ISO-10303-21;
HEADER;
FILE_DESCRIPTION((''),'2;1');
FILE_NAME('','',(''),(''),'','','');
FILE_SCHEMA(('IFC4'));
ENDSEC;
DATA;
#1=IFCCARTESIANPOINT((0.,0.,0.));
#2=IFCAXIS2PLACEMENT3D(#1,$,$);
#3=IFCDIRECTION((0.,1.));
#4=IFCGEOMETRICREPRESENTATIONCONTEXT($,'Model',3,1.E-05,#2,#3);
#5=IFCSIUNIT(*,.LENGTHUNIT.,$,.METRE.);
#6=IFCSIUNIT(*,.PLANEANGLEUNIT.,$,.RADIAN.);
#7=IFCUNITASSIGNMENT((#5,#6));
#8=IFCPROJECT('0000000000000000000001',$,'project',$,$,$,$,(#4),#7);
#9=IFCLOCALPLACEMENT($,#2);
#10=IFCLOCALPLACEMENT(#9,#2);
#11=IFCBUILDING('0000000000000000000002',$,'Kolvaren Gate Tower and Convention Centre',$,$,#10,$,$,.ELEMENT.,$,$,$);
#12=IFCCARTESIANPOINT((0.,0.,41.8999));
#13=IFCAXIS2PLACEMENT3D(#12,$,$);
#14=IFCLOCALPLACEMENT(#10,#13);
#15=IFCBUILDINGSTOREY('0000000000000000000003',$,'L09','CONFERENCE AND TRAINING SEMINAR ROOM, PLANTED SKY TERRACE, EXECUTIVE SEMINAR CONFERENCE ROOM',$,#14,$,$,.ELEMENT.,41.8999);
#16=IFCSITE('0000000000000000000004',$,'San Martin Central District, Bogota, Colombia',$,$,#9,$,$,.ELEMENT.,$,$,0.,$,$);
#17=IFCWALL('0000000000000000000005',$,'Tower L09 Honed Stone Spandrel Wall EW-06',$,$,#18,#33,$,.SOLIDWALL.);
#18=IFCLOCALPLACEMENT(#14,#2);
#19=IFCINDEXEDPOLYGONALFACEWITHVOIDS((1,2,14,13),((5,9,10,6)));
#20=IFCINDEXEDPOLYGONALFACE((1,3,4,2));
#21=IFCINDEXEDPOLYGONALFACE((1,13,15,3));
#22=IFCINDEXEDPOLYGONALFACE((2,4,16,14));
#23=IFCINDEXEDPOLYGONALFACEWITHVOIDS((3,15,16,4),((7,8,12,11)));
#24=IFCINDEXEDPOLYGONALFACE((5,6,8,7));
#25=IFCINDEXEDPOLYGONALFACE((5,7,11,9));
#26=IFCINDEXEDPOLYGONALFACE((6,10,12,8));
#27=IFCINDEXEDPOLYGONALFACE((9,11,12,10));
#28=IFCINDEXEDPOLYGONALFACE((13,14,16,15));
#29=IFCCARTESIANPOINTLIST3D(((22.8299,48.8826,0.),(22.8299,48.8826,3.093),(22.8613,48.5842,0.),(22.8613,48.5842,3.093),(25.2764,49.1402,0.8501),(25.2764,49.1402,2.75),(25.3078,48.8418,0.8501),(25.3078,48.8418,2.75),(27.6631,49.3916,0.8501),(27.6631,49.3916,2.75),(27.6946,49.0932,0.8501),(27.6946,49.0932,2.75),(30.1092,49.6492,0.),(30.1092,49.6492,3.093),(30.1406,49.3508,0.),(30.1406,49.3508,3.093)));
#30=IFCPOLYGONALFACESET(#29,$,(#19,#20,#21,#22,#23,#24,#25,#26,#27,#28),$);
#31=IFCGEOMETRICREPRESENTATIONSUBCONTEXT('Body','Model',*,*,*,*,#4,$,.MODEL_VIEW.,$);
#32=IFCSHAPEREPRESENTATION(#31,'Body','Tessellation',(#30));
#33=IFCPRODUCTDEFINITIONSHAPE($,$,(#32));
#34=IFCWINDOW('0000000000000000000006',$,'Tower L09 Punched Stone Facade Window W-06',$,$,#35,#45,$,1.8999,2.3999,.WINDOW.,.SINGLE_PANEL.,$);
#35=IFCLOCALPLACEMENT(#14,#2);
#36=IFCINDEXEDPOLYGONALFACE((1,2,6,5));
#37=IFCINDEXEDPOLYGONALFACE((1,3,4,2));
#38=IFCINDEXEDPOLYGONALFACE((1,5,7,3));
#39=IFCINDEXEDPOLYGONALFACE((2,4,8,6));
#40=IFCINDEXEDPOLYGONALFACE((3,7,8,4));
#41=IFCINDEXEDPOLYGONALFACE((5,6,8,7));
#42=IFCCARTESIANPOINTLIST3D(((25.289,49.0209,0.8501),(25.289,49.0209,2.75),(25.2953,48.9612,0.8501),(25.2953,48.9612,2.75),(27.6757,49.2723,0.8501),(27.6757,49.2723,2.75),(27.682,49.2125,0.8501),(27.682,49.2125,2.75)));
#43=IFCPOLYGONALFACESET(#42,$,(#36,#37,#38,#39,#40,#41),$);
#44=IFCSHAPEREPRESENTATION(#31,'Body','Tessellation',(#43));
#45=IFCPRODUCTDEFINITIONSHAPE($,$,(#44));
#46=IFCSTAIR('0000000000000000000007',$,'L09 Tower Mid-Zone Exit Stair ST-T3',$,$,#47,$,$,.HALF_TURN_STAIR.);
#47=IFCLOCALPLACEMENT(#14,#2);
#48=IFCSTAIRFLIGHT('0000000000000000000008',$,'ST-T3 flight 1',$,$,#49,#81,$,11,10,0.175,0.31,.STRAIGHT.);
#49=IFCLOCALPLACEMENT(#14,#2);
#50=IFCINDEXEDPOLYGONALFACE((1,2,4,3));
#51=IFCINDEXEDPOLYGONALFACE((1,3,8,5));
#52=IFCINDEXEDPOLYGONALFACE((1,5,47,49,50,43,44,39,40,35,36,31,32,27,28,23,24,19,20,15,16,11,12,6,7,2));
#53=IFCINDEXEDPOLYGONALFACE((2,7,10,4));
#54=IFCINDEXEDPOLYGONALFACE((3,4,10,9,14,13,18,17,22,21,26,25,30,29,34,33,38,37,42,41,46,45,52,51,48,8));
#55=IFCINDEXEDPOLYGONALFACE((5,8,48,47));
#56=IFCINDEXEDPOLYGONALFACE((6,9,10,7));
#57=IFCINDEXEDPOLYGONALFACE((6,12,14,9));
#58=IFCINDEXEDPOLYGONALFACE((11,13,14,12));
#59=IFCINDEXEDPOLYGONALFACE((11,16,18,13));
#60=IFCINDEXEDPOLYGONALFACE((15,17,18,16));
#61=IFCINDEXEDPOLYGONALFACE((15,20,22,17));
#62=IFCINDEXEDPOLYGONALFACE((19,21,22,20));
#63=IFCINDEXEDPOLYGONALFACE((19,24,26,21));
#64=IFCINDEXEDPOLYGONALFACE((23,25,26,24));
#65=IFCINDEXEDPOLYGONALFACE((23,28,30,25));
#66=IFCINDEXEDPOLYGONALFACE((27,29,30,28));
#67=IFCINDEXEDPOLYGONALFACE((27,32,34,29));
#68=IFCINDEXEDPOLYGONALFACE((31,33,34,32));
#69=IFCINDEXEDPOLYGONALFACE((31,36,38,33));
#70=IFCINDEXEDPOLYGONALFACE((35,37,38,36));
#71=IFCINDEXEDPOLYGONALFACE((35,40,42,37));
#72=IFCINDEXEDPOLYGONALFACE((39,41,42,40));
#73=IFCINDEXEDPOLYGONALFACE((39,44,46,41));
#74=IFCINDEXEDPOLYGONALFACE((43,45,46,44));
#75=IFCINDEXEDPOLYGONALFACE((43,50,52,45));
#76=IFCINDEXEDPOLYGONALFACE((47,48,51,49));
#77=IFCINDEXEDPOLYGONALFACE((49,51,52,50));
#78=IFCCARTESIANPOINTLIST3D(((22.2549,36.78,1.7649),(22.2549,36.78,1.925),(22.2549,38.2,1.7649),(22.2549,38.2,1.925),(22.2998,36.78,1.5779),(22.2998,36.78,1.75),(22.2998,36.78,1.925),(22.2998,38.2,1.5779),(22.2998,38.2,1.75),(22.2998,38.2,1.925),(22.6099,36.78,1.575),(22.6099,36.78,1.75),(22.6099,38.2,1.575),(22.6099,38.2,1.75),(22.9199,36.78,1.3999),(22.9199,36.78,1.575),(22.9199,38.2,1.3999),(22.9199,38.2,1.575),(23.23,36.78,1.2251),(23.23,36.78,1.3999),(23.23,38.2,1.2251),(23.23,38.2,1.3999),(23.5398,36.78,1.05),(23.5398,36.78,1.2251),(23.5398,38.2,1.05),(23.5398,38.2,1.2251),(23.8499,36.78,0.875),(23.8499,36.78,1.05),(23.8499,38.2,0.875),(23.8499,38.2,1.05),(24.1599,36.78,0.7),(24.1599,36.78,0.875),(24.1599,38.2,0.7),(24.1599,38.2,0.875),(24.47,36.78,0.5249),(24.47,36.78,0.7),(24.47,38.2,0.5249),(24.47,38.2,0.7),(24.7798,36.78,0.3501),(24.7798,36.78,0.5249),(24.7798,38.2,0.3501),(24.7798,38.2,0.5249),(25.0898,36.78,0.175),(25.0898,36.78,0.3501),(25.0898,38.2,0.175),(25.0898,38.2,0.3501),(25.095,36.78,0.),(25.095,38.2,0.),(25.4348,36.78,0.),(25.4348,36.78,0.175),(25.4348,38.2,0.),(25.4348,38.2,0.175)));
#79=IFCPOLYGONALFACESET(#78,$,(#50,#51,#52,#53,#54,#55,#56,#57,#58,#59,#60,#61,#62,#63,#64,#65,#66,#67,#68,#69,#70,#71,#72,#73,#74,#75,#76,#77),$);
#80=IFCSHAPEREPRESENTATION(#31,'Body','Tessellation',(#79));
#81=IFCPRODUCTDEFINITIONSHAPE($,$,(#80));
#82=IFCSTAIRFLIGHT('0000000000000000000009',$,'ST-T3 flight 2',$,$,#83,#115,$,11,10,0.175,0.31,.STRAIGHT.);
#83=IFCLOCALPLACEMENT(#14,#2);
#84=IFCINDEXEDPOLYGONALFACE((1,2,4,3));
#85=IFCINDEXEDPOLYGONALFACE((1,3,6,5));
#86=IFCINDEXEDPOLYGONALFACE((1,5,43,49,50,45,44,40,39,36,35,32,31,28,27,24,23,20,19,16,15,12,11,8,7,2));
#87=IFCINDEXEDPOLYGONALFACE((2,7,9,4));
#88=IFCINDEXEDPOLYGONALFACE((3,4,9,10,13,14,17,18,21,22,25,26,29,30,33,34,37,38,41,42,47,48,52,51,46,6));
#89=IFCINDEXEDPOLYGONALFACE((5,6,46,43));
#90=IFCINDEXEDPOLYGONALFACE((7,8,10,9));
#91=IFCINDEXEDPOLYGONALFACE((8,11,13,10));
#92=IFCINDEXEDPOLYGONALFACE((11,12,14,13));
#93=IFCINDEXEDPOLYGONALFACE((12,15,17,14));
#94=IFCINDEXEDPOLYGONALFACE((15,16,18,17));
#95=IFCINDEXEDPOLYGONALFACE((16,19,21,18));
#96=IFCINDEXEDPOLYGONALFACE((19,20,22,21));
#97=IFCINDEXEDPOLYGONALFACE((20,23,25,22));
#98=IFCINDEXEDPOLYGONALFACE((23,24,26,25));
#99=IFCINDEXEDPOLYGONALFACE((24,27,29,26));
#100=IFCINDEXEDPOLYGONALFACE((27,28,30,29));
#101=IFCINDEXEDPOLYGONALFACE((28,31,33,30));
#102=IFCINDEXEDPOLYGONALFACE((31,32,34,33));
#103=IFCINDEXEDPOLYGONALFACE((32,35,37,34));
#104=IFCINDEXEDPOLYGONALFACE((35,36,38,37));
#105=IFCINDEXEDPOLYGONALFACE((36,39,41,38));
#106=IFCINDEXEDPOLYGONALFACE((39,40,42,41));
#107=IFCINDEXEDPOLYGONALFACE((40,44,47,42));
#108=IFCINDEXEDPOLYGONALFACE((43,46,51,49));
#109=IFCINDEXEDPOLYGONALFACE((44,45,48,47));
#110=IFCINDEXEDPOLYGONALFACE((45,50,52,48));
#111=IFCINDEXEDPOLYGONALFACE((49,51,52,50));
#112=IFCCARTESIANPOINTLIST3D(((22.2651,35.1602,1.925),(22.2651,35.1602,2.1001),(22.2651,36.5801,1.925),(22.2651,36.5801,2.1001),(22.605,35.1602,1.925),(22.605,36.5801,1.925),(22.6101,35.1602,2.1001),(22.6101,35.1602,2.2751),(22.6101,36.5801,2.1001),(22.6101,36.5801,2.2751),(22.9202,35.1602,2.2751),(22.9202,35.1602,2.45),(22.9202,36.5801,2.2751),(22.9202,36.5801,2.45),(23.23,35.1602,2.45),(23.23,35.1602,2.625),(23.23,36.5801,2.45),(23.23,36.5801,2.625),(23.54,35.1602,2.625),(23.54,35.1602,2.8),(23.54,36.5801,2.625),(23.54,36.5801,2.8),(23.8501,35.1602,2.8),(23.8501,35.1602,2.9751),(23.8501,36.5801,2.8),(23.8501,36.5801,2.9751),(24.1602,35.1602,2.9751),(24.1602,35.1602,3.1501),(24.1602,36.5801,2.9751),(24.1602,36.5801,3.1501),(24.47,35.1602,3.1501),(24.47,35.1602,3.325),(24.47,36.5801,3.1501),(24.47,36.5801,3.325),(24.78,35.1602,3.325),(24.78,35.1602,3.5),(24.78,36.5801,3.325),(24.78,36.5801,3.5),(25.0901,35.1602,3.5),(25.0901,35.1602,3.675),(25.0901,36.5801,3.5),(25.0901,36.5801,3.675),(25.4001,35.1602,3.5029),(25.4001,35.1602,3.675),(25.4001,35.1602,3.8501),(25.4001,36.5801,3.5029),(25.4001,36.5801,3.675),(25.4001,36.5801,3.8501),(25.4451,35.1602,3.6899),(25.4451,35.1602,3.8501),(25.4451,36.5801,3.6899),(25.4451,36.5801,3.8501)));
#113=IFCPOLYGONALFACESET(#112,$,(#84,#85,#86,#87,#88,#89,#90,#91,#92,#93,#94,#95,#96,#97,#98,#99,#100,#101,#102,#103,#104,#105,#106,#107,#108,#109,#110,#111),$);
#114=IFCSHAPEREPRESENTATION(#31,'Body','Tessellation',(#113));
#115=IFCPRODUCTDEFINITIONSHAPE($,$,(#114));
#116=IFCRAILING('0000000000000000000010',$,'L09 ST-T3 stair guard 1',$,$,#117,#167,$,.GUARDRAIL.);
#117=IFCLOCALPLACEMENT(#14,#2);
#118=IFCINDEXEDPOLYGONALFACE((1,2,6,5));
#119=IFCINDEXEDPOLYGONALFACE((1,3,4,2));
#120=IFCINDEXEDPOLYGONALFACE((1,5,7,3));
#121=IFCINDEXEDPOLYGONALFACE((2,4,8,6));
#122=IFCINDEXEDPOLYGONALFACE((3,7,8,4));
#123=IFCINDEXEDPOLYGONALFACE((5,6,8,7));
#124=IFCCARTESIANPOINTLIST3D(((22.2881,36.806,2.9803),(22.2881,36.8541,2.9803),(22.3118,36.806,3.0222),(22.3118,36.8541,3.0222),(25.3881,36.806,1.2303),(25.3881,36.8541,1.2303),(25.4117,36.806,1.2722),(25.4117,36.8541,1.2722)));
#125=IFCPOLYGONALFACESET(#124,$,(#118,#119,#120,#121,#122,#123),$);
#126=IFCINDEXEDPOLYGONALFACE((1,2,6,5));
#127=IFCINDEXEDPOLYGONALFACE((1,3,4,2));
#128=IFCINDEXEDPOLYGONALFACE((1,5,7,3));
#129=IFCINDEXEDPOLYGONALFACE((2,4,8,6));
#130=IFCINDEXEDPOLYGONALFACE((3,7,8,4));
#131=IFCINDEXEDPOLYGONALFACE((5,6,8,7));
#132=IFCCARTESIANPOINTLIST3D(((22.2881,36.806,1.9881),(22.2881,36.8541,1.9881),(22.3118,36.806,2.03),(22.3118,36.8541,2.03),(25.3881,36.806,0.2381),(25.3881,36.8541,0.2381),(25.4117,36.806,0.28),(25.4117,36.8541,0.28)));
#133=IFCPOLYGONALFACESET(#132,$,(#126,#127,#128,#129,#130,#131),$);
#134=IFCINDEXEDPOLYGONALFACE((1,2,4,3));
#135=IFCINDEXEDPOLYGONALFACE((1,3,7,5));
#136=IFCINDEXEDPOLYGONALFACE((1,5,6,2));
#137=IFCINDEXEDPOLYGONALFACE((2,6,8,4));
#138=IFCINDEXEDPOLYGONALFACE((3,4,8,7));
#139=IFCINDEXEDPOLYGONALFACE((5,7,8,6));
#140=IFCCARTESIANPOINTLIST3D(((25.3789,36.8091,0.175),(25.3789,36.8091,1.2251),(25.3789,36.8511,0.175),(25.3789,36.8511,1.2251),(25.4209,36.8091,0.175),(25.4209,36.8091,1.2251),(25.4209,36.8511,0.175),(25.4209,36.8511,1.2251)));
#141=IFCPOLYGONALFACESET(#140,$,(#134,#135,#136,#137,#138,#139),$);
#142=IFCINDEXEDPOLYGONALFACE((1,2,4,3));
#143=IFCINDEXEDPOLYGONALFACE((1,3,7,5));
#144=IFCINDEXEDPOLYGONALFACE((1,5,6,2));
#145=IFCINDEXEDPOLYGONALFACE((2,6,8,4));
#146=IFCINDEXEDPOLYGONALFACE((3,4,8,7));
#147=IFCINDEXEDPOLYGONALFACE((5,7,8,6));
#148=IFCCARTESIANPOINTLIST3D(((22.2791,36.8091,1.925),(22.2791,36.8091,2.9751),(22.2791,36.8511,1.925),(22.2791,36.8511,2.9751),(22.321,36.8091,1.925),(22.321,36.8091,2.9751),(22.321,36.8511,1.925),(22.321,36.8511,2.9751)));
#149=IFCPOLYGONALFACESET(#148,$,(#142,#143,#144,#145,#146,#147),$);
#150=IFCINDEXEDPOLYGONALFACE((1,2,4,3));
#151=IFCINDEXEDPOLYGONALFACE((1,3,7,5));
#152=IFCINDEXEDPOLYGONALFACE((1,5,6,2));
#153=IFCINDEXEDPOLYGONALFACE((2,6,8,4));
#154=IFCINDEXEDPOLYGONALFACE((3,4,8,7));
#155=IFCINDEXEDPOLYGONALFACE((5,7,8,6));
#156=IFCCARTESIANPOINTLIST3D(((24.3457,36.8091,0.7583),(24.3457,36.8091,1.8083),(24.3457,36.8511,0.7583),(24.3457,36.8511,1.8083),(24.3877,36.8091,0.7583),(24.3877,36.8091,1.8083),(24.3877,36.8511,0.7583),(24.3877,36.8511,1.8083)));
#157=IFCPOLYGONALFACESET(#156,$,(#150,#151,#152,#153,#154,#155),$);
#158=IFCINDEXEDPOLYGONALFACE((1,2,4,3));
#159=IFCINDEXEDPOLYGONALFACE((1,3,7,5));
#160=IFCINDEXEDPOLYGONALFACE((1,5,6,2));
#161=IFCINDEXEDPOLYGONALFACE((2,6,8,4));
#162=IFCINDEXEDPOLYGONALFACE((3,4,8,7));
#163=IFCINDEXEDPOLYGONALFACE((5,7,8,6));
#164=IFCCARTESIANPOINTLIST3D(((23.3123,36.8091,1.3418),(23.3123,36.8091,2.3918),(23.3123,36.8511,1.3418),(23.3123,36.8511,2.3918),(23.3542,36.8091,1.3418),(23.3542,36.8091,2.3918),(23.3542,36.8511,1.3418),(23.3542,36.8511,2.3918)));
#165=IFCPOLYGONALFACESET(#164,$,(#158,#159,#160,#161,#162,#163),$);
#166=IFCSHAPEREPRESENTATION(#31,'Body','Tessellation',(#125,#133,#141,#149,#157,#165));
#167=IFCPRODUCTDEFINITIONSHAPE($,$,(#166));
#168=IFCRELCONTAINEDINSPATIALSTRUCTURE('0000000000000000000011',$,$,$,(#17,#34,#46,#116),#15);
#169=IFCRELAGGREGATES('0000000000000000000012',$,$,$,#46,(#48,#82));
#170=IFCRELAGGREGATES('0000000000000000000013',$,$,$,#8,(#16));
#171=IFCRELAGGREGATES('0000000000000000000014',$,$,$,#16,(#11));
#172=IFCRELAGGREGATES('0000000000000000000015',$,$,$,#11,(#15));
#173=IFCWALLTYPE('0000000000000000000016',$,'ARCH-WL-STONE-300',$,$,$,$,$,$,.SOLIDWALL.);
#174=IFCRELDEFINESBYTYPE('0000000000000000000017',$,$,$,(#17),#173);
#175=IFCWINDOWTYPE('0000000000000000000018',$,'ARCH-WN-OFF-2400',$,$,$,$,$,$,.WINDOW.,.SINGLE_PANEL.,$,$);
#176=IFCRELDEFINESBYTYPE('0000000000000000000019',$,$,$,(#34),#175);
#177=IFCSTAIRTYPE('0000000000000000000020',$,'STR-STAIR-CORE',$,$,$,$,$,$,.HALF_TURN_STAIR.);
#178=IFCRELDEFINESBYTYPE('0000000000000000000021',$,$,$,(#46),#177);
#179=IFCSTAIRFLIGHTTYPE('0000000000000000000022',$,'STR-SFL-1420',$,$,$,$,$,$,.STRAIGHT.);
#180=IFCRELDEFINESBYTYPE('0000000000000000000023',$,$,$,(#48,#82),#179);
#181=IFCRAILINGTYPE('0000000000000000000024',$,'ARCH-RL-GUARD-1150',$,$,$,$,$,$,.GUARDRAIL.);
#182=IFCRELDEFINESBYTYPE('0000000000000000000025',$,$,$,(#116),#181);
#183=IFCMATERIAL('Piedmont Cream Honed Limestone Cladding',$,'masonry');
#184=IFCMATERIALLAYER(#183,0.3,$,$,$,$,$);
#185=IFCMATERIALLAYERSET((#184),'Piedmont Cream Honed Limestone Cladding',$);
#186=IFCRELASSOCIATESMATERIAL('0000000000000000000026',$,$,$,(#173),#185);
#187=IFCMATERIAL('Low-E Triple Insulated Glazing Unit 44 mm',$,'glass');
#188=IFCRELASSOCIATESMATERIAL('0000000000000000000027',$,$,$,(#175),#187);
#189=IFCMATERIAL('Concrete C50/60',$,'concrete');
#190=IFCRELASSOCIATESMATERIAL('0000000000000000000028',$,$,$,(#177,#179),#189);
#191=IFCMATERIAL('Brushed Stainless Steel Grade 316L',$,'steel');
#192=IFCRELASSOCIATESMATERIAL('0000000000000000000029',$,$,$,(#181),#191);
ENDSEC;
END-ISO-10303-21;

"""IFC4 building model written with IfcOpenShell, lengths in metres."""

from ifc_helpers import new_model, si_unit, direction, frame, frame_2d, origin, origin_2d, place, context, subcontext, project, spatial, polyline, rectangle, outline, extrude, material, layer, layer_set, type_object, element, fill, aggregate, save


model = new_model("IFC4")

# Units and contexts
model_context = context("Model", 3, precision=1e-05, world=origin(), true_north=direction((0.0, 1.0)))
body_context = subcontext(model_context, "Body", "Model", "MODEL_VIEW")
ifc_project = project(units=[si_unit("LENGTHUNIT", "METRE"), si_unit("PLANEANGLEUNIT", "RADIAN")], contexts=[model_context])

# Site, building, storey
site_placement = place(None, origin())
site = spatial("IfcSite", under=ifc_project, at=site_placement, Name="San Martin Central District, Bogota, Colombia", CompositionType="ELEMENT", RefElevation=0.0)
building_placement = place(site_placement, origin())
building = spatial("IfcBuilding", under=site, at=building_placement, Name="Kolvaren Gate Tower and Convention Centre", CompositionType="ELEMENT")
storey_placement = place(building_placement, frame((0.0, 0.0, 41.8999)))
storey = spatial("IfcBuildingStorey", under=building, at=storey_placement, Name="L09", Description="CONFERENCE AND TRAINING SEMINAR ROOM, PLANTED SKY TERRACE, EXECUTIVE SEMINAR CONFERENCE ROOM", CompositionType="ELEMENT", Elevation=41.8999)

# Wall, opening, window
ifc_material_1 = material(Name="Piedmont Cream Honed Limestone Cladding", Category="masonry")
ifc_layer_1 = layer(ifc_material_1, 0.3)
ifc_layer_set_1 = layer_set([ifc_layer_1], Name="Piedmont Cream Honed Limestone Cladding")
wall_type_1 = type_object("IfcWallType", Name="ARCH-WL-STONE-300", PredefinedType="SOLIDWALL", material=ifc_layer_set_1)
wall_1_placement = place(storey_placement, frame((22.8457, 48.7334, 0.0), z_axis=(0.0, 0.0, 1.0), x_axis=(0.9945, 0.104733, 0.0)))
wall_1 = element("IfcWall", 1, at=wall_1_placement, inside=storey, type_object=wall_type_1, Name="Tower L09 Honed Stone Spandrel Wall EW-06", PredefinedType="SOLIDWALL", context=body_context, shape_type="SweptSolid", body=[
    extrude(rectangle(XDim=7.3196, YDim=0.3, at=frame_2d((3.6597, 0.0))), origin(), (0.0, 0.0, 1.0), 3.093),
])
opening_1_placement = place(wall_1_placement, frame((2.46, 0.0, 0.8501)))
opening_1 = element("IfcOpeningElement", 2, at=opening_1_placement, cuts=wall_1, PredefinedType="OPENING", context=body_context, shape_type="SweptSolid", body=[
    extrude(rectangle(XDim=2.3999, YDim=1.8999, at=frame_2d((1.2, 0.95))), frame((0.0, 0.1599, 0.0), z_axis=(0.0, -1.0, 0.0), x_axis=(1.0, 0.0, 0.0)), (0.0, 0.0, 1.0), 0.3201),
])
ifc_material_2 = material(Name="Low-E Triple Insulated Glazing Unit 44 mm", Category="glass")
window_type = type_object("IfcWindowType", Name="ARCH-WN-OFF-2400", PartitioningType="SINGLE_PANEL", PredefinedType="WINDOW", material=ifc_material_2)
window_placement = place(opening_1_placement, origin())
window = element("IfcWindow", 3, at=window_placement, inside=storey, type_object=window_type, Name="Tower L09 Punched Stone Facade Window W-06", OverallHeight=1.8999, OverallWidth=2.3999, PartitioningType="SINGLE_PANEL", PredefinedType="WINDOW", context=body_context, shape_type="SweptSolid", body=[
    extrude(rectangle(XDim=2.3999, YDim=1.8999, at=frame_2d((1.2, 0.95))), frame((0.0, 0.03, 0.0), z_axis=(0.0, -1.0, 0.0), x_axis=(1.0, 0.0, 0.0)), (0.0, 0.0, 1.0), 0.0601),
])
fill(opening_1, window)

# Stair, stair flights
ifc_material_3 = material(Name="Concrete C50/60", Category="concrete")
stair_type = type_object("IfcStairType", Name="STR-STAIR-CORE", PredefinedType="HALF_TURN_STAIR", material=ifc_material_3)
stair_placement = place(storey_placement, origin())
stair = element("IfcStair", 4, at=stair_placement, inside=storey, type_object=stair_type, Name="L09 Tower Mid-Zone Exit Stair ST-T3", PredefinedType="HALF_TURN_STAIR")
stair_flight_type = type_object("IfcStairFlightType", Name="STR-SFL-1420", PredefinedType="STRAIGHT", material=ifc_material_3)
stair_flight_1_placement = place(storey_placement, frame((25.3999, 37.49, 0.0), z_axis=(0.0, 0.0, 1.0), x_axis=(-1.0, 0.0, 0.0)))
stair_flight_1 = element("IfcStairFlight", 5, at=stair_flight_1_placement, type_object=stair_flight_type, Name="ST-T3 flight 1", NumberOfRisers=11, NumberOfTreads=10, PredefinedType="STRAIGHT", RiserHeight=0.175, TreadLength=0.31, context=body_context, shape_type="SweptSolid", body=[
    extrude(outline(polyline([(-0.0349, 0.0), (-0.0349, 0.175), (0.3101, 0.175), (0.3101, 0.3501), (0.6201, 0.3501), (0.6201, 0.5249), (0.9299, 0.5249), (0.9299, 0.7), (1.24, 0.7), (1.24, 0.875), (1.55, 0.875), (1.55, 1.05), (1.8601, 1.05), (1.8601, 1.2251), (2.1699, 1.2251), (2.1699, 1.3999), (2.48, 1.3999), (2.48, 1.575), (2.79, 1.575), (2.79, 1.75), (3.1001, 1.75), (3.1001, 1.925), (3.145, 1.925), (3.145, 1.7649), (3.1001, 1.5779), (0.3049, 0.0), (-0.0349, 0.0)])), frame((0.0, 0.71, 0.0), z_axis=(0.0, -1.0, 0.0), x_axis=(1.0, 0.0, 0.0)), (0.0, 0.0, 1.0), 1.4199),
])
stair_flight_2_placement = place(storey_placement, frame((22.3, 35.8701, 1.925), z_axis=(0.0, 0.0, 1.0), x_axis=(1.0, 0.0, 0.0)))
stair_flight_2 = element("IfcStairFlight", 6, at=stair_flight_2_placement, type_object=stair_flight_type, Name="ST-T3 flight 2", NumberOfRisers=11, NumberOfTreads=10, PredefinedType="STRAIGHT", RiserHeight=0.175, TreadLength=0.31, context=body_context, shape_type="SweptSolid", body=[
    extrude(outline(polyline([(-0.0349, 0.0), (-0.0349, 0.175), (0.3101, 0.175), (0.3101, 0.3501), (0.6201, 0.3501), (0.6201, 0.5249), (0.9299, 0.5249), (0.9299, 0.7), (1.24, 0.7), (1.24, 0.875), (1.55, 0.875), (1.55, 1.05), (1.8601, 1.05), (1.8601, 1.2251), (2.1699, 1.2251), (2.1699, 1.3999), (2.48, 1.3999), (2.48, 1.575), (2.79, 1.575), (2.79, 1.75), (3.1001, 1.75), (3.1001, 1.925), (3.145, 1.925), (3.145, 1.7649), (3.1001, 1.5779), (0.3049, 0.0), (-0.0349, 0.0)])), frame((0.0, 0.71, 0.0), z_axis=(0.0, -1.0, 0.0), x_axis=(1.0, 0.0, 0.0)), (0.0, 0.0, 1.0), 1.4199),
])
aggregate(stair, [stair_flight_1, stair_flight_2])

# Railing
ifc_material_4 = material(Name="Brushed Stainless Steel Grade 316L", Category="steel")
railing_type_1 = type_object("IfcRailingType", Name="ARCH-RL-GUARD-1150", PredefinedType="GUARDRAIL", material=ifc_material_4)
railing_1_placement = place(storey_placement, frame((25.3999, 36.8301, 0.175)))
element("IfcRailing", 7, at=railing_1_placement, inside=storey, type_object=railing_type_1, Name="L09 ST-T3 stair guard 1", PredefinedType="GUARDRAIL", context=body_context, shape_type="SweptSolid", body=[
    extrude(rectangle(XDim=0.0481, YDim=0.0481, at=origin_2d()), frame((0.0, 0.0, 1.0762), z_axis=(-0.870814, 0.0, 0.491612), x_axis=(0.0, -1.0, 0.0)), (0.0, 0.0, 1.0), 3.5598),
    extrude(rectangle(XDim=0.0481, YDim=0.0481, at=origin_2d()), frame((0.0, 0.0, 0.084), z_axis=(-0.870814, 0.0, 0.491612), x_axis=(0.0, -1.0, 0.0)), (0.0, 0.0, 1.0), 3.5598),
    extrude(rectangle(XDim=0.042, YDim=0.042, at=origin_2d()), origin(), (0.0, 0.0, 1.0), 1.05),
    extrude(rectangle(XDim=0.042, YDim=0.042, at=origin_2d()), frame((-3.0999, 0.0, 1.75)), (0.0, 0.0, 1.0), 1.05),
    extrude(rectangle(XDim=0.042, YDim=0.042, at=origin_2d()), frame((-1.0332, 0.0, 0.5833)), (0.0, 0.0, 1.0), 1.05),
    extrude(rectangle(XDim=0.042, YDim=0.042, at=origin_2d()), frame((-2.0667, 0.0, 1.1667)), (0.0, 0.0, 1.0), 1.05),
])

save(model, "model.ifc")
